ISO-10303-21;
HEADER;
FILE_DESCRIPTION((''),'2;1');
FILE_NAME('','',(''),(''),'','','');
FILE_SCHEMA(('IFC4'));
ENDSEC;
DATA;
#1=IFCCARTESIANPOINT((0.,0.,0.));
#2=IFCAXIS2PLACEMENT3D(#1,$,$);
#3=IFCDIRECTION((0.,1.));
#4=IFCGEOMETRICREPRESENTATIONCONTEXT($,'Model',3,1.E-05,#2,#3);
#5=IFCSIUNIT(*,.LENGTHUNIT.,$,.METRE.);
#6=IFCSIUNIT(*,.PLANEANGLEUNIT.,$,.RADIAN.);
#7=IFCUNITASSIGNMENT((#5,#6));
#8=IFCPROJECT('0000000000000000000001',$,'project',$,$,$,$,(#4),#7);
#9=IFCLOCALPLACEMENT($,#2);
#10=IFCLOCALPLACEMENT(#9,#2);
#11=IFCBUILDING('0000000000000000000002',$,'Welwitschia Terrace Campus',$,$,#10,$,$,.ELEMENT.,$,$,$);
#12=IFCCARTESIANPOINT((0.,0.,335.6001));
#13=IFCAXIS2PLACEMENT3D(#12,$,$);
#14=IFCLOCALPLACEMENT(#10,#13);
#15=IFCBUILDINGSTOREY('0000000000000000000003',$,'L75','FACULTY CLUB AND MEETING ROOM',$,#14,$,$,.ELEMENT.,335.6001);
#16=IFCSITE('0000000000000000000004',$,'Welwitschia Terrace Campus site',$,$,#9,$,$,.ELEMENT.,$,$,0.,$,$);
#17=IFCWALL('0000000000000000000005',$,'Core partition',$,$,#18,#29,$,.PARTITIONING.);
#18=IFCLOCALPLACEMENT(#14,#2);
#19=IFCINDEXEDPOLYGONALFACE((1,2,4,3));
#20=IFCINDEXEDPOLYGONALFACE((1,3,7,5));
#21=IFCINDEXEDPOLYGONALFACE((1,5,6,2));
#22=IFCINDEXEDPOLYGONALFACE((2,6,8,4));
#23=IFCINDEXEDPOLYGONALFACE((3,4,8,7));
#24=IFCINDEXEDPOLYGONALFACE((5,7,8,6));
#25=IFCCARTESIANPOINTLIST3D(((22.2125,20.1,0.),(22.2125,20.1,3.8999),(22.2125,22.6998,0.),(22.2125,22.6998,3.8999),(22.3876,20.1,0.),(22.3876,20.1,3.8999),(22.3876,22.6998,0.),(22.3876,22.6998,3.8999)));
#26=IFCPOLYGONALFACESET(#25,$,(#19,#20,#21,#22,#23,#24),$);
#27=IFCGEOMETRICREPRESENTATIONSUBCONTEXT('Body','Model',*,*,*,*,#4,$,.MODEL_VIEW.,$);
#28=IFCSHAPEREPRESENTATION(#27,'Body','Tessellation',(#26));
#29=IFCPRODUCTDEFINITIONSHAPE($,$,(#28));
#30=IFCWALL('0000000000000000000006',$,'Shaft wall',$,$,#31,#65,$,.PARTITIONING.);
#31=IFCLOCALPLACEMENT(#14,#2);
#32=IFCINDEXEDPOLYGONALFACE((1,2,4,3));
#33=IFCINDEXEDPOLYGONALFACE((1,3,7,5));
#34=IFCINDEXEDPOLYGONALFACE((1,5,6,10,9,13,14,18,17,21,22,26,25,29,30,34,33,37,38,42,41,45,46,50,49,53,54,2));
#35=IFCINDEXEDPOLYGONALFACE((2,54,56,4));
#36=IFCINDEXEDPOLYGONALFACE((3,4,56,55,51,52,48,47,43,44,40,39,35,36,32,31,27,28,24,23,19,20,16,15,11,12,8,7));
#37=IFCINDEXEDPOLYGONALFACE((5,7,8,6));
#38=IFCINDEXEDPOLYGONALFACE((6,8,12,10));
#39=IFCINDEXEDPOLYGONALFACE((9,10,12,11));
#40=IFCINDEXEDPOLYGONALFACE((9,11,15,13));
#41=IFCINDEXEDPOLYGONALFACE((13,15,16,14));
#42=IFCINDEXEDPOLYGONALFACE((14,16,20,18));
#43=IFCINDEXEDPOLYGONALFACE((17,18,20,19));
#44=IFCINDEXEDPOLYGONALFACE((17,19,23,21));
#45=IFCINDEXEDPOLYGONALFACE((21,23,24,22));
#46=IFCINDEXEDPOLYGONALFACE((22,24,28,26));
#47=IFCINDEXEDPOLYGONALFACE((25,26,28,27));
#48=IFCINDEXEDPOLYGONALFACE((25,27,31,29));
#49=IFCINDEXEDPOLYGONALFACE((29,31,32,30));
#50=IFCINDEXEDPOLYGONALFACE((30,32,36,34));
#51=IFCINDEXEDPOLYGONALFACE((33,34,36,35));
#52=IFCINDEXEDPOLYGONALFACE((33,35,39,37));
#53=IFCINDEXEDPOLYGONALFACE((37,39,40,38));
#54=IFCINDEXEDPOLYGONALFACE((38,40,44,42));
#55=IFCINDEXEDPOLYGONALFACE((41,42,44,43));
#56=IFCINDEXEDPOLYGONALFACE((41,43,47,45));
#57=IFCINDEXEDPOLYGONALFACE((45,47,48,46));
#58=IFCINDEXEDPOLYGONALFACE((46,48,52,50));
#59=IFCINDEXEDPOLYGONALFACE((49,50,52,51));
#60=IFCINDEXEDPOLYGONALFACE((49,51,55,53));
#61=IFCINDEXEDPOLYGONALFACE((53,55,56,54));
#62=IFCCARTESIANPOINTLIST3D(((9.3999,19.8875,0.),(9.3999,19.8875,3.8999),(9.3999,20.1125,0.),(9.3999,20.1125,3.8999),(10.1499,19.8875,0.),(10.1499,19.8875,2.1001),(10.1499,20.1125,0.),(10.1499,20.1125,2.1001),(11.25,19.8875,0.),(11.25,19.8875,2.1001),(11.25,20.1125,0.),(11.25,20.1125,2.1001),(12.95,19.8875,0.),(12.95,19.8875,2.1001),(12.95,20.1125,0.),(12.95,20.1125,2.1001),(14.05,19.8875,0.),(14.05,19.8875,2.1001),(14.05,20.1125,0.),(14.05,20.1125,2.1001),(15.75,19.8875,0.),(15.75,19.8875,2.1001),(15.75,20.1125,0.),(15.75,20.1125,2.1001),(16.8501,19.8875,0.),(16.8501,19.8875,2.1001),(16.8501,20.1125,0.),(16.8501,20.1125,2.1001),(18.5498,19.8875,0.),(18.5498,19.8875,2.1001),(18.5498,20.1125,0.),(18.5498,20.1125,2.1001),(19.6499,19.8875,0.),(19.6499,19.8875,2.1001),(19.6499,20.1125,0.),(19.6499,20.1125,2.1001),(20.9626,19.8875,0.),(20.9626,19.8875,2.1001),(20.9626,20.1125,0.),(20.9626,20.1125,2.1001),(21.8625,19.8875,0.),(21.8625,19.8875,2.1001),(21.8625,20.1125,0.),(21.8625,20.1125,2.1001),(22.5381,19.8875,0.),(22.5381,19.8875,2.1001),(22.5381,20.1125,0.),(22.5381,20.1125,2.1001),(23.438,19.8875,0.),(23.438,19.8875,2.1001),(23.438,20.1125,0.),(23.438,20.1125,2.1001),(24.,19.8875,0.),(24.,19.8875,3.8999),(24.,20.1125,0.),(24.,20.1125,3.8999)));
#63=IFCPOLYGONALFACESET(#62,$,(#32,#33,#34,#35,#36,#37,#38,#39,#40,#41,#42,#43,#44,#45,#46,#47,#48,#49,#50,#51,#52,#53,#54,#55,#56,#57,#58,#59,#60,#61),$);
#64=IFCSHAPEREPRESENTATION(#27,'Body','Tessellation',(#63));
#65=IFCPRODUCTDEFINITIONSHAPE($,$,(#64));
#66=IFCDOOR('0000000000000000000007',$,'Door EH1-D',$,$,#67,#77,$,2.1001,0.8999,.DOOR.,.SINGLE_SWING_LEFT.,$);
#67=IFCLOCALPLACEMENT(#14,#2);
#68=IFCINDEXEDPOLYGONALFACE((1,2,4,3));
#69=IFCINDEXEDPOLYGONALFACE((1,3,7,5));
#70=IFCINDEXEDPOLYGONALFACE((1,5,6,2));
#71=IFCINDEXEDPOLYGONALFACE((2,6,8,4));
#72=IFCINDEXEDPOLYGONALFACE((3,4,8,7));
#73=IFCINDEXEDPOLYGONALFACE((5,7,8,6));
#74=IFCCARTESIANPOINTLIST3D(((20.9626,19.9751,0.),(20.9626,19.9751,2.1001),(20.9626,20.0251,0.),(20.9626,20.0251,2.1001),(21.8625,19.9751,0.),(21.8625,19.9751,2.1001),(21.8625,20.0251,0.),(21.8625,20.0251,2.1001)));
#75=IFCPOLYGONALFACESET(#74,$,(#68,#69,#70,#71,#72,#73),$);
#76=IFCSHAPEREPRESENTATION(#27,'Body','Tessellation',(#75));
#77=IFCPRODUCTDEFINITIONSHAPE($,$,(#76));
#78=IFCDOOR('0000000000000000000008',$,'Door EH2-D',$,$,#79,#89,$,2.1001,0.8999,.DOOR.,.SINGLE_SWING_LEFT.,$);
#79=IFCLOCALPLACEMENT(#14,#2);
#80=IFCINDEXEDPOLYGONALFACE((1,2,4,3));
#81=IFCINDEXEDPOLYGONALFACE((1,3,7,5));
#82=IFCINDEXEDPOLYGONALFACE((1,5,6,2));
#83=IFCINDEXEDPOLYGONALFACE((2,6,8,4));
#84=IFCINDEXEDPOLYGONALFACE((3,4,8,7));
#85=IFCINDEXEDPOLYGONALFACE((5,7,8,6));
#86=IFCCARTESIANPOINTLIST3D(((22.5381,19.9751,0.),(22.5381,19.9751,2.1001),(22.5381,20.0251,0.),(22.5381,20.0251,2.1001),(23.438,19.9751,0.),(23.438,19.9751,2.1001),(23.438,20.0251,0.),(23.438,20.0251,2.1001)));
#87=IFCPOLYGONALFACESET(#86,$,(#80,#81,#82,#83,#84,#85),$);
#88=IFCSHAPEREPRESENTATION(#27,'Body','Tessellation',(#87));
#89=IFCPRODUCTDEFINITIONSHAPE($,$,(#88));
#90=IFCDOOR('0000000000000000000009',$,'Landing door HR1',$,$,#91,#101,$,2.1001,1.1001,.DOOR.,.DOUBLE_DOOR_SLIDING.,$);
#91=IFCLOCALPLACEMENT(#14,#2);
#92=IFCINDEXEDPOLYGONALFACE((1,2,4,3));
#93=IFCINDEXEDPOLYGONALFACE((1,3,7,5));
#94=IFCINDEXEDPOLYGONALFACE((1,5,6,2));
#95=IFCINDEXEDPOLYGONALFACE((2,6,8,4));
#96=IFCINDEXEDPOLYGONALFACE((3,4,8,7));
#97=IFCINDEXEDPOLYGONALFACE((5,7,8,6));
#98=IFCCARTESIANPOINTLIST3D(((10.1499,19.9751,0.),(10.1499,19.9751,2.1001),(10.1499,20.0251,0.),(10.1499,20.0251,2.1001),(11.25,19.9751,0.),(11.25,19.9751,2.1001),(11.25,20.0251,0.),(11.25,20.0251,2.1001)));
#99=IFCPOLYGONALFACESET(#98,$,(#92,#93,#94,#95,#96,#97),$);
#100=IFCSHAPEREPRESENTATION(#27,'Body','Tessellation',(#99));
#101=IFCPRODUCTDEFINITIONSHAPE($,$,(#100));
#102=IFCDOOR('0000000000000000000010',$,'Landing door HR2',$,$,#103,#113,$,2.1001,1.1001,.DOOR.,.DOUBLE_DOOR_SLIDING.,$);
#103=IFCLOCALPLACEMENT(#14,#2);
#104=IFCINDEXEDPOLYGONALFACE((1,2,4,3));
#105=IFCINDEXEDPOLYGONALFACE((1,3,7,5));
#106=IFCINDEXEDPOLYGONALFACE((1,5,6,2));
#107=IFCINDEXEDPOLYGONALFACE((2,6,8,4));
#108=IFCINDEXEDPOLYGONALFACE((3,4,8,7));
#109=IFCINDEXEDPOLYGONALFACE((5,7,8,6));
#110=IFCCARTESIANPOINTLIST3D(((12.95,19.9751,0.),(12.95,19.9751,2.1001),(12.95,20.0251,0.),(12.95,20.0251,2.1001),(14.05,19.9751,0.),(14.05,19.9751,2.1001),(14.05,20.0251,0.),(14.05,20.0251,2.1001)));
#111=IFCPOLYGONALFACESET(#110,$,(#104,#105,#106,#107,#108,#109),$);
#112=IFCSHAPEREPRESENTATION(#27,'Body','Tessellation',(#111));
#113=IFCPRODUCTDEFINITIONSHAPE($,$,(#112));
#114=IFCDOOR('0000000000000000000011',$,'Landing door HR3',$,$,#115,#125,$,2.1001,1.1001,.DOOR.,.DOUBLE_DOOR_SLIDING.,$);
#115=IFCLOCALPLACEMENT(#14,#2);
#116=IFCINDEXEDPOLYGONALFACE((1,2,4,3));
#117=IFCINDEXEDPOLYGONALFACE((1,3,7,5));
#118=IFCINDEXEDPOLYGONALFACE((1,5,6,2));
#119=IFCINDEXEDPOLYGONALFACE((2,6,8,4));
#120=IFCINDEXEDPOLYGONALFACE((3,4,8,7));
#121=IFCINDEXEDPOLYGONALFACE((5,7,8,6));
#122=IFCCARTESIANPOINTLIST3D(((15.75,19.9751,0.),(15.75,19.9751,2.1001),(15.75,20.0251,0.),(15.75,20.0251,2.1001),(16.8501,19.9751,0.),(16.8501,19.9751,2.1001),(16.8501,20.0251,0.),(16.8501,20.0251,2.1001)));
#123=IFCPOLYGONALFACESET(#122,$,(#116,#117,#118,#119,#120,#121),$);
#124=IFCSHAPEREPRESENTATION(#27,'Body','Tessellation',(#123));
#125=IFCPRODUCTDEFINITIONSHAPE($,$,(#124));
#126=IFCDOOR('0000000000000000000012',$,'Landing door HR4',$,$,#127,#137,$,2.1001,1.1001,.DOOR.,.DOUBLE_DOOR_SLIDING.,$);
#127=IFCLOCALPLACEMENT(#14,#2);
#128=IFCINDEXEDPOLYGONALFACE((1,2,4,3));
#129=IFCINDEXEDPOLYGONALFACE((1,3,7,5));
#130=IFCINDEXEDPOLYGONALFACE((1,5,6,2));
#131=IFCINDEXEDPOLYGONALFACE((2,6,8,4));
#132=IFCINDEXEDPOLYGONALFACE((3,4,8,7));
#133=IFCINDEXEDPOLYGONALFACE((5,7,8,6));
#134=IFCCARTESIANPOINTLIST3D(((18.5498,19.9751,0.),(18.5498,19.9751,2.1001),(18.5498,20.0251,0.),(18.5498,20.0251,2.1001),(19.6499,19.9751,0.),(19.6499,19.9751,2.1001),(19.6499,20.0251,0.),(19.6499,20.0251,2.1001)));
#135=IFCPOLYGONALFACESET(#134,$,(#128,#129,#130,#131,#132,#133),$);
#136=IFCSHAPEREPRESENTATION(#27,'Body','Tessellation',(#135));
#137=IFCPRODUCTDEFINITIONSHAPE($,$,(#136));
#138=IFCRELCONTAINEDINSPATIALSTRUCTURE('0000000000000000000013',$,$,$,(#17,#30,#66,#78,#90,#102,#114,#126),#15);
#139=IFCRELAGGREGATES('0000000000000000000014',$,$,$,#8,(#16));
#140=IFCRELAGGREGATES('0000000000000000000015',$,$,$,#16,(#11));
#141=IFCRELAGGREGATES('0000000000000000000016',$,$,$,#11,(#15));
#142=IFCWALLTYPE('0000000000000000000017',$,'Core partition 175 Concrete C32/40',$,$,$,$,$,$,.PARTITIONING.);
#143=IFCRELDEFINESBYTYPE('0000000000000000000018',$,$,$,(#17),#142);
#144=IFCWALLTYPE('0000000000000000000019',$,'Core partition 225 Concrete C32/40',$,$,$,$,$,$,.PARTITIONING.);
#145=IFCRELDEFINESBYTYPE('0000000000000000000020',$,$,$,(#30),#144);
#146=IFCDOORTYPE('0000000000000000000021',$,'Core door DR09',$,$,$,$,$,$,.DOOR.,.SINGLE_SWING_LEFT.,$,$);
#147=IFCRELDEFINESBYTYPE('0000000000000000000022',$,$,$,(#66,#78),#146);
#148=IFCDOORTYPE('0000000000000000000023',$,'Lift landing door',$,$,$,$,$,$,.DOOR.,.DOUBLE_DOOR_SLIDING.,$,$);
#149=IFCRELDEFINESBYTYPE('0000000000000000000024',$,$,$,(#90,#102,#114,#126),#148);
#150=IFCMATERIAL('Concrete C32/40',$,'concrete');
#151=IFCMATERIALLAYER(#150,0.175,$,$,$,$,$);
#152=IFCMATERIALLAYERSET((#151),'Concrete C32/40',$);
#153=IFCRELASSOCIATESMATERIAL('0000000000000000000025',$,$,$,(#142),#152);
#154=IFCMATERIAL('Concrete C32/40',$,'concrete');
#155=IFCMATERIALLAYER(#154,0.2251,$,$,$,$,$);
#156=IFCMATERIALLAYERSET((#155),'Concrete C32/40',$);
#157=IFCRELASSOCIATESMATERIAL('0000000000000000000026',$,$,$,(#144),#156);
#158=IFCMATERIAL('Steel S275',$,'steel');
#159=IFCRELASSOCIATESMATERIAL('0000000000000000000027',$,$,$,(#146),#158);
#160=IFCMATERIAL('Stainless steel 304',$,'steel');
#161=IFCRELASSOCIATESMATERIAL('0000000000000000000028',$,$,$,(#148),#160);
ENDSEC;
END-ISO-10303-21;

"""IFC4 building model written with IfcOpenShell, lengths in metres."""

from ifc_helpers import new_model, si_unit, direction, frame, frame_2d, origin, place, context, subcontext, project, spatial, rectangle, extrude, material, layer, layer_set, type_object, element, fill, save


model = new_model("IFC4")

# Units and contexts
model_context = context("Model", 3, precision=1e-05, world=origin(), true_north=direction((0.0, 1.0)))
body_context = subcontext(model_context, "Body", "Model", "MODEL_VIEW")
ifc_project = project(units=[si_unit("LENGTHUNIT", "METRE"), si_unit("PLANEANGLEUNIT", "RADIAN")], contexts=[model_context])

# Site, building, storey
site_placement = place(None, origin())
site = spatial("IfcSite", under=ifc_project, at=site_placement, Name="Welwitschia Terrace Campus site", CompositionType="ELEMENT", RefElevation=0.0)
building_placement = place(site_placement, origin())
building = spatial("IfcBuilding", under=site, at=building_placement, Name="Welwitschia Terrace Campus", CompositionType="ELEMENT")
storey_placement = place(building_placement, frame((0.0, 0.0, 335.6001)))
storey = spatial("IfcBuildingStorey", under=building, at=storey_placement, Name="L75", Description="FACULTY CLUB AND MEETING ROOM", CompositionType="ELEMENT", Elevation=335.6001)

# Wall
ifc_material_1 = material(Name="Concrete C32/40", Category="concrete")
ifc_layer_1 = layer(ifc_material_1, 0.175)
ifc_layer_set_1 = layer_set([ifc_layer_1], Name="Concrete C32/40")
wall_type_1 = type_object("IfcWallType", Name="Core partition 175 Concrete C32/40", PredefinedType="PARTITIONING", material=ifc_layer_set_1)
wall_1_placement = place(storey_placement, frame((22.3, 20.1001, 0.0), z_axis=(0.0, 0.0, 1.0), x_axis=(0.0, 1.0, 0.0)))
element("IfcWall", 1, at=wall_1_placement, inside=storey, type_object=wall_type_1, Name="Core partition", PredefinedType="PARTITIONING", context=body_context, shape_type="SweptSolid", body=[
    extrude(rectangle(XDim=2.5999, YDim=0.175, at=frame_2d((1.2998, 0.0))), origin(), (0.0, 0.0, 1.0), 3.8999),
])

# Wall, openings, doors
ifc_material_2 = material(Name="Concrete C32/40", Category="concrete")
ifc_layer_2 = layer(ifc_material_2, 0.2251)
ifc_layer_set_2 = layer_set([ifc_layer_2], Name="Concrete C32/40")
wall_type_2 = type_object("IfcWallType", Name="Core partition 225 Concrete C32/40", PredefinedType="PARTITIONING", material=ifc_layer_set_2)
wall_2_placement = place(storey_placement, frame((24.0, 20.0, 0.0), z_axis=(0.0, 0.0, 1.0), x_axis=(-1.0, 0.0, 0.0)))
wall_2 = element("IfcWall", 2, at=wall_2_placement, inside=storey, type_object=wall_type_2, Name="Shaft wall", PredefinedType="PARTITIONING", context=body_context, shape_type="SweptSolid", body=[
    extrude(rectangle(XDim=14.6001, YDim=0.2251, at=frame_2d((7.3, 0.0))), origin(), (0.0, 0.0, 1.0), 3.8999),
])
opening_1_placement = place(wall_2_placement, frame((12.75, 0.0, 0.0)))
opening_1 = element("IfcOpeningElement", 3, at=opening_1_placement, cuts=wall_2, PredefinedType="OPENING", context=body_context, shape_type="SweptSolid", body=[
    extrude(rectangle(XDim=1.1001, YDim=2.1001, at=frame_2d((0.55, 1.05))), frame((0.0, 0.1226, 0.0), z_axis=(0.0, -1.0, 0.0), x_axis=(1.0, 0.0, 0.0)), (0.0, 0.0, 1.0), 0.2451),
])
opening_2_placement = place(wall_2_placement, frame((9.95, 0.0, 0.0)))
opening_2 = element("IfcOpeningElement", 4, at=opening_2_placement, cuts=wall_2, PredefinedType="OPENING", context=body_context, shape_type="SweptSolid", body=[
    extrude(rectangle(XDim=1.1001, YDim=2.1001, at=frame_2d((0.55, 1.05))), frame((0.0, 0.1226, 0.0), z_axis=(0.0, -1.0, 0.0), x_axis=(1.0, 0.0, 0.0)), (0.0, 0.0, 1.0), 0.2451),
])
opening_3_placement = place(wall_2_placement, frame((7.1499, 0.0, 0.0)))
opening_3 = element("IfcOpeningElement", 5, at=opening_3_placement, cuts=wall_2, PredefinedType="OPENING", context=body_context, shape_type="SweptSolid", body=[
    extrude(rectangle(XDim=1.1001, YDim=2.1001, at=frame_2d((0.55, 1.05))), frame((0.0, 0.1226, 0.0), z_axis=(0.0, -1.0, 0.0), x_axis=(1.0, 0.0, 0.0)), (0.0, 0.0, 1.0), 0.2451),
])
opening_4_placement = place(wall_2_placement, frame((4.3501, 0.0, 0.0)))
opening_4 = element("IfcOpeningElement", 6, at=opening_4_placement, cuts=wall_2, PredefinedType="OPENING", context=body_context, shape_type="SweptSolid", body=[
    extrude(rectangle(XDim=1.1001, YDim=2.1001, at=frame_2d((0.55, 1.05))), frame((0.0, 0.1226, 0.0), z_axis=(0.0, -1.0, 0.0), x_axis=(1.0, 0.0, 0.0)), (0.0, 0.0, 1.0), 0.2451),
])
opening_5_placement = place(wall_2_placement, frame((2.1375, 0.0, 0.0)))
opening_5 = element("IfcOpeningElement", 7, at=opening_5_placement, cuts=wall_2, PredefinedType="OPENING", context=body_context, shape_type="SweptSolid", body=[
    extrude(rectangle(XDim=0.8999, YDim=2.1001, at=frame_2d((0.45, 1.05))), frame((0.0, 0.1226, 0.0), z_axis=(0.0, -1.0, 0.0), x_axis=(1.0, 0.0, 0.0)), (0.0, 0.0, 1.0), 0.2451),
])
opening_6_placement = place(wall_2_placement, frame((0.562, 0.0, 0.0)))
opening_6 = element("IfcOpeningElement", 8, at=opening_6_placement, cuts=wall_2, PredefinedType="OPENING", context=body_context, shape_type="SweptSolid", body=[
    extrude(rectangle(XDim=0.8999, YDim=2.1001, at=frame_2d((0.45, 1.05))), frame((0.0, 0.1226, 0.0), z_axis=(0.0, -1.0, 0.0), x_axis=(1.0, 0.0, 0.0)), (0.0, 0.0, 1.0), 0.2451),
])
ifc_material_3 = material(Name="Steel S275", Category="steel")
door_type_1 = type_object("IfcDoorType", Name="Core door DR09", OperationType="SINGLE_SWING_LEFT", PredefinedType="DOOR", material=ifc_material_3)
door_1_placement = place(opening_5_placement, origin())
door_1 = element("IfcDoor", 9, at=door_1_placement, inside=storey, type_object=door_type_1, Name="Door EH1-D", OperationType="SINGLE_SWING_LEFT", OverallHeight=2.1001, OverallWidth=0.8999, PredefinedType="DOOR", context=body_context, shape_type="SweptSolid", body=[
    extrude(rectangle(XDim=0.8999, YDim=2.1001, at=frame_2d((0.45, 1.05))), frame((0.0, 0.0249, 0.0), z_axis=(0.0, -1.0, 0.0), x_axis=(1.0, 0.0, 0.0)), (0.0, 0.0, 1.0), 0.05),
])
fill(opening_5, door_1)
door_2_placement = place(opening_6_placement, origin())
door_2 = element("IfcDoor", 10, at=door_2_placement, inside=storey, type_object=door_type_1, Name="Door EH2-D", OperationType="SINGLE_SWING_LEFT", OverallHeight=2.1001, OverallWidth=0.8999, PredefinedType="DOOR", context=body_context, shape_type="SweptSolid", body=[
    extrude(rectangle(XDim=0.8999, YDim=2.1001, at=frame_2d((0.45, 1.05))), frame((0.0, 0.0249, 0.0), z_axis=(0.0, -1.0, 0.0), x_axis=(1.0, 0.0, 0.0)), (0.0, 0.0, 1.0), 0.05),
])
fill(opening_6, door_2)
ifc_material_4 = material(Name="Stainless steel 304", Category="steel")
door_type_2 = type_object("IfcDoorType", Name="Lift landing door", OperationType="DOUBLE_DOOR_SLIDING", PredefinedType="DOOR", material=ifc_material_4)
door_3_placement = place(opening_1_placement, origin())
door_3 = element("IfcDoor", 11, at=door_3_placement, inside=storey, type_object=door_type_2, Name="Landing door HR1", OperationType="DOUBLE_DOOR_SLIDING", OverallHeight=2.1001, OverallWidth=1.1001, PredefinedType="DOOR", context=body_context, shape_type="SweptSolid", body=[
    extrude(rectangle(XDim=1.1001, YDim=2.1001, at=frame_2d((0.55, 1.05))), frame((0.0, 0.0249, 0.0), z_axis=(0.0, -1.0, 0.0), x_axis=(1.0, 0.0, 0.0)), (0.0, 0.0, 1.0), 0.05),
])
fill(opening_1, door_3)
door_4_placement = place(opening_2_placement, origin())
door_4 = element("IfcDoor", 12, at=door_4_placement, inside=storey, type_object=door_type_2, Name="Landing door HR2", OperationType="DOUBLE_DOOR_SLIDING", OverallHeight=2.1001, OverallWidth=1.1001, PredefinedType="DOOR", context=body_context, shape_type="SweptSolid", body=[
    extrude(rectangle(XDim=1.1001, YDim=2.1001, at=frame_2d((0.55, 1.05))), frame((0.0, 0.0249, 0.0), z_axis=(0.0, -1.0, 0.0), x_axis=(1.0, 0.0, 0.0)), (0.0, 0.0, 1.0), 0.05),
])
fill(opening_2, door_4)
door_5_placement = place(opening_3_placement, origin())
door_5 = element("IfcDoor", 13, at=door_5_placement, inside=storey, type_object=door_type_2, Name="Landing door HR3", OperationType="DOUBLE_DOOR_SLIDING", OverallHeight=2.1001, OverallWidth=1.1001, PredefinedType="DOOR", context=body_context, shape_type="SweptSolid", body=[
    extrude(rectangle(XDim=1.1001, YDim=2.1001, at=frame_2d((0.55, 1.05))), frame((0.0, 0.0249, 0.0), z_axis=(0.0, -1.0, 0.0), x_axis=(1.0, 0.0, 0.0)), (0.0, 0.0, 1.0), 0.05),
])
fill(opening_3, door_5)
door_6_placement = place(opening_4_placement, origin())
door_6 = element("IfcDoor", 14, at=door_6_placement, inside=storey, type_object=door_type_2, Name="Landing door HR4", OperationType="DOUBLE_DOOR_SLIDING", OverallHeight=2.1001, OverallWidth=1.1001, PredefinedType="DOOR", context=body_context, shape_type="SweptSolid", body=[
    extrude(rectangle(XDim=1.1001, YDim=2.1001, at=frame_2d((0.55, 1.05))), frame((0.0, 0.0249, 0.0), z_axis=(0.0, -1.0, 0.0), x_axis=(1.0, 0.0, 0.0)), (0.0, 0.0, 1.0), 0.05),
])
fill(opening_4, door_6)

save(model, "model.ifc")
